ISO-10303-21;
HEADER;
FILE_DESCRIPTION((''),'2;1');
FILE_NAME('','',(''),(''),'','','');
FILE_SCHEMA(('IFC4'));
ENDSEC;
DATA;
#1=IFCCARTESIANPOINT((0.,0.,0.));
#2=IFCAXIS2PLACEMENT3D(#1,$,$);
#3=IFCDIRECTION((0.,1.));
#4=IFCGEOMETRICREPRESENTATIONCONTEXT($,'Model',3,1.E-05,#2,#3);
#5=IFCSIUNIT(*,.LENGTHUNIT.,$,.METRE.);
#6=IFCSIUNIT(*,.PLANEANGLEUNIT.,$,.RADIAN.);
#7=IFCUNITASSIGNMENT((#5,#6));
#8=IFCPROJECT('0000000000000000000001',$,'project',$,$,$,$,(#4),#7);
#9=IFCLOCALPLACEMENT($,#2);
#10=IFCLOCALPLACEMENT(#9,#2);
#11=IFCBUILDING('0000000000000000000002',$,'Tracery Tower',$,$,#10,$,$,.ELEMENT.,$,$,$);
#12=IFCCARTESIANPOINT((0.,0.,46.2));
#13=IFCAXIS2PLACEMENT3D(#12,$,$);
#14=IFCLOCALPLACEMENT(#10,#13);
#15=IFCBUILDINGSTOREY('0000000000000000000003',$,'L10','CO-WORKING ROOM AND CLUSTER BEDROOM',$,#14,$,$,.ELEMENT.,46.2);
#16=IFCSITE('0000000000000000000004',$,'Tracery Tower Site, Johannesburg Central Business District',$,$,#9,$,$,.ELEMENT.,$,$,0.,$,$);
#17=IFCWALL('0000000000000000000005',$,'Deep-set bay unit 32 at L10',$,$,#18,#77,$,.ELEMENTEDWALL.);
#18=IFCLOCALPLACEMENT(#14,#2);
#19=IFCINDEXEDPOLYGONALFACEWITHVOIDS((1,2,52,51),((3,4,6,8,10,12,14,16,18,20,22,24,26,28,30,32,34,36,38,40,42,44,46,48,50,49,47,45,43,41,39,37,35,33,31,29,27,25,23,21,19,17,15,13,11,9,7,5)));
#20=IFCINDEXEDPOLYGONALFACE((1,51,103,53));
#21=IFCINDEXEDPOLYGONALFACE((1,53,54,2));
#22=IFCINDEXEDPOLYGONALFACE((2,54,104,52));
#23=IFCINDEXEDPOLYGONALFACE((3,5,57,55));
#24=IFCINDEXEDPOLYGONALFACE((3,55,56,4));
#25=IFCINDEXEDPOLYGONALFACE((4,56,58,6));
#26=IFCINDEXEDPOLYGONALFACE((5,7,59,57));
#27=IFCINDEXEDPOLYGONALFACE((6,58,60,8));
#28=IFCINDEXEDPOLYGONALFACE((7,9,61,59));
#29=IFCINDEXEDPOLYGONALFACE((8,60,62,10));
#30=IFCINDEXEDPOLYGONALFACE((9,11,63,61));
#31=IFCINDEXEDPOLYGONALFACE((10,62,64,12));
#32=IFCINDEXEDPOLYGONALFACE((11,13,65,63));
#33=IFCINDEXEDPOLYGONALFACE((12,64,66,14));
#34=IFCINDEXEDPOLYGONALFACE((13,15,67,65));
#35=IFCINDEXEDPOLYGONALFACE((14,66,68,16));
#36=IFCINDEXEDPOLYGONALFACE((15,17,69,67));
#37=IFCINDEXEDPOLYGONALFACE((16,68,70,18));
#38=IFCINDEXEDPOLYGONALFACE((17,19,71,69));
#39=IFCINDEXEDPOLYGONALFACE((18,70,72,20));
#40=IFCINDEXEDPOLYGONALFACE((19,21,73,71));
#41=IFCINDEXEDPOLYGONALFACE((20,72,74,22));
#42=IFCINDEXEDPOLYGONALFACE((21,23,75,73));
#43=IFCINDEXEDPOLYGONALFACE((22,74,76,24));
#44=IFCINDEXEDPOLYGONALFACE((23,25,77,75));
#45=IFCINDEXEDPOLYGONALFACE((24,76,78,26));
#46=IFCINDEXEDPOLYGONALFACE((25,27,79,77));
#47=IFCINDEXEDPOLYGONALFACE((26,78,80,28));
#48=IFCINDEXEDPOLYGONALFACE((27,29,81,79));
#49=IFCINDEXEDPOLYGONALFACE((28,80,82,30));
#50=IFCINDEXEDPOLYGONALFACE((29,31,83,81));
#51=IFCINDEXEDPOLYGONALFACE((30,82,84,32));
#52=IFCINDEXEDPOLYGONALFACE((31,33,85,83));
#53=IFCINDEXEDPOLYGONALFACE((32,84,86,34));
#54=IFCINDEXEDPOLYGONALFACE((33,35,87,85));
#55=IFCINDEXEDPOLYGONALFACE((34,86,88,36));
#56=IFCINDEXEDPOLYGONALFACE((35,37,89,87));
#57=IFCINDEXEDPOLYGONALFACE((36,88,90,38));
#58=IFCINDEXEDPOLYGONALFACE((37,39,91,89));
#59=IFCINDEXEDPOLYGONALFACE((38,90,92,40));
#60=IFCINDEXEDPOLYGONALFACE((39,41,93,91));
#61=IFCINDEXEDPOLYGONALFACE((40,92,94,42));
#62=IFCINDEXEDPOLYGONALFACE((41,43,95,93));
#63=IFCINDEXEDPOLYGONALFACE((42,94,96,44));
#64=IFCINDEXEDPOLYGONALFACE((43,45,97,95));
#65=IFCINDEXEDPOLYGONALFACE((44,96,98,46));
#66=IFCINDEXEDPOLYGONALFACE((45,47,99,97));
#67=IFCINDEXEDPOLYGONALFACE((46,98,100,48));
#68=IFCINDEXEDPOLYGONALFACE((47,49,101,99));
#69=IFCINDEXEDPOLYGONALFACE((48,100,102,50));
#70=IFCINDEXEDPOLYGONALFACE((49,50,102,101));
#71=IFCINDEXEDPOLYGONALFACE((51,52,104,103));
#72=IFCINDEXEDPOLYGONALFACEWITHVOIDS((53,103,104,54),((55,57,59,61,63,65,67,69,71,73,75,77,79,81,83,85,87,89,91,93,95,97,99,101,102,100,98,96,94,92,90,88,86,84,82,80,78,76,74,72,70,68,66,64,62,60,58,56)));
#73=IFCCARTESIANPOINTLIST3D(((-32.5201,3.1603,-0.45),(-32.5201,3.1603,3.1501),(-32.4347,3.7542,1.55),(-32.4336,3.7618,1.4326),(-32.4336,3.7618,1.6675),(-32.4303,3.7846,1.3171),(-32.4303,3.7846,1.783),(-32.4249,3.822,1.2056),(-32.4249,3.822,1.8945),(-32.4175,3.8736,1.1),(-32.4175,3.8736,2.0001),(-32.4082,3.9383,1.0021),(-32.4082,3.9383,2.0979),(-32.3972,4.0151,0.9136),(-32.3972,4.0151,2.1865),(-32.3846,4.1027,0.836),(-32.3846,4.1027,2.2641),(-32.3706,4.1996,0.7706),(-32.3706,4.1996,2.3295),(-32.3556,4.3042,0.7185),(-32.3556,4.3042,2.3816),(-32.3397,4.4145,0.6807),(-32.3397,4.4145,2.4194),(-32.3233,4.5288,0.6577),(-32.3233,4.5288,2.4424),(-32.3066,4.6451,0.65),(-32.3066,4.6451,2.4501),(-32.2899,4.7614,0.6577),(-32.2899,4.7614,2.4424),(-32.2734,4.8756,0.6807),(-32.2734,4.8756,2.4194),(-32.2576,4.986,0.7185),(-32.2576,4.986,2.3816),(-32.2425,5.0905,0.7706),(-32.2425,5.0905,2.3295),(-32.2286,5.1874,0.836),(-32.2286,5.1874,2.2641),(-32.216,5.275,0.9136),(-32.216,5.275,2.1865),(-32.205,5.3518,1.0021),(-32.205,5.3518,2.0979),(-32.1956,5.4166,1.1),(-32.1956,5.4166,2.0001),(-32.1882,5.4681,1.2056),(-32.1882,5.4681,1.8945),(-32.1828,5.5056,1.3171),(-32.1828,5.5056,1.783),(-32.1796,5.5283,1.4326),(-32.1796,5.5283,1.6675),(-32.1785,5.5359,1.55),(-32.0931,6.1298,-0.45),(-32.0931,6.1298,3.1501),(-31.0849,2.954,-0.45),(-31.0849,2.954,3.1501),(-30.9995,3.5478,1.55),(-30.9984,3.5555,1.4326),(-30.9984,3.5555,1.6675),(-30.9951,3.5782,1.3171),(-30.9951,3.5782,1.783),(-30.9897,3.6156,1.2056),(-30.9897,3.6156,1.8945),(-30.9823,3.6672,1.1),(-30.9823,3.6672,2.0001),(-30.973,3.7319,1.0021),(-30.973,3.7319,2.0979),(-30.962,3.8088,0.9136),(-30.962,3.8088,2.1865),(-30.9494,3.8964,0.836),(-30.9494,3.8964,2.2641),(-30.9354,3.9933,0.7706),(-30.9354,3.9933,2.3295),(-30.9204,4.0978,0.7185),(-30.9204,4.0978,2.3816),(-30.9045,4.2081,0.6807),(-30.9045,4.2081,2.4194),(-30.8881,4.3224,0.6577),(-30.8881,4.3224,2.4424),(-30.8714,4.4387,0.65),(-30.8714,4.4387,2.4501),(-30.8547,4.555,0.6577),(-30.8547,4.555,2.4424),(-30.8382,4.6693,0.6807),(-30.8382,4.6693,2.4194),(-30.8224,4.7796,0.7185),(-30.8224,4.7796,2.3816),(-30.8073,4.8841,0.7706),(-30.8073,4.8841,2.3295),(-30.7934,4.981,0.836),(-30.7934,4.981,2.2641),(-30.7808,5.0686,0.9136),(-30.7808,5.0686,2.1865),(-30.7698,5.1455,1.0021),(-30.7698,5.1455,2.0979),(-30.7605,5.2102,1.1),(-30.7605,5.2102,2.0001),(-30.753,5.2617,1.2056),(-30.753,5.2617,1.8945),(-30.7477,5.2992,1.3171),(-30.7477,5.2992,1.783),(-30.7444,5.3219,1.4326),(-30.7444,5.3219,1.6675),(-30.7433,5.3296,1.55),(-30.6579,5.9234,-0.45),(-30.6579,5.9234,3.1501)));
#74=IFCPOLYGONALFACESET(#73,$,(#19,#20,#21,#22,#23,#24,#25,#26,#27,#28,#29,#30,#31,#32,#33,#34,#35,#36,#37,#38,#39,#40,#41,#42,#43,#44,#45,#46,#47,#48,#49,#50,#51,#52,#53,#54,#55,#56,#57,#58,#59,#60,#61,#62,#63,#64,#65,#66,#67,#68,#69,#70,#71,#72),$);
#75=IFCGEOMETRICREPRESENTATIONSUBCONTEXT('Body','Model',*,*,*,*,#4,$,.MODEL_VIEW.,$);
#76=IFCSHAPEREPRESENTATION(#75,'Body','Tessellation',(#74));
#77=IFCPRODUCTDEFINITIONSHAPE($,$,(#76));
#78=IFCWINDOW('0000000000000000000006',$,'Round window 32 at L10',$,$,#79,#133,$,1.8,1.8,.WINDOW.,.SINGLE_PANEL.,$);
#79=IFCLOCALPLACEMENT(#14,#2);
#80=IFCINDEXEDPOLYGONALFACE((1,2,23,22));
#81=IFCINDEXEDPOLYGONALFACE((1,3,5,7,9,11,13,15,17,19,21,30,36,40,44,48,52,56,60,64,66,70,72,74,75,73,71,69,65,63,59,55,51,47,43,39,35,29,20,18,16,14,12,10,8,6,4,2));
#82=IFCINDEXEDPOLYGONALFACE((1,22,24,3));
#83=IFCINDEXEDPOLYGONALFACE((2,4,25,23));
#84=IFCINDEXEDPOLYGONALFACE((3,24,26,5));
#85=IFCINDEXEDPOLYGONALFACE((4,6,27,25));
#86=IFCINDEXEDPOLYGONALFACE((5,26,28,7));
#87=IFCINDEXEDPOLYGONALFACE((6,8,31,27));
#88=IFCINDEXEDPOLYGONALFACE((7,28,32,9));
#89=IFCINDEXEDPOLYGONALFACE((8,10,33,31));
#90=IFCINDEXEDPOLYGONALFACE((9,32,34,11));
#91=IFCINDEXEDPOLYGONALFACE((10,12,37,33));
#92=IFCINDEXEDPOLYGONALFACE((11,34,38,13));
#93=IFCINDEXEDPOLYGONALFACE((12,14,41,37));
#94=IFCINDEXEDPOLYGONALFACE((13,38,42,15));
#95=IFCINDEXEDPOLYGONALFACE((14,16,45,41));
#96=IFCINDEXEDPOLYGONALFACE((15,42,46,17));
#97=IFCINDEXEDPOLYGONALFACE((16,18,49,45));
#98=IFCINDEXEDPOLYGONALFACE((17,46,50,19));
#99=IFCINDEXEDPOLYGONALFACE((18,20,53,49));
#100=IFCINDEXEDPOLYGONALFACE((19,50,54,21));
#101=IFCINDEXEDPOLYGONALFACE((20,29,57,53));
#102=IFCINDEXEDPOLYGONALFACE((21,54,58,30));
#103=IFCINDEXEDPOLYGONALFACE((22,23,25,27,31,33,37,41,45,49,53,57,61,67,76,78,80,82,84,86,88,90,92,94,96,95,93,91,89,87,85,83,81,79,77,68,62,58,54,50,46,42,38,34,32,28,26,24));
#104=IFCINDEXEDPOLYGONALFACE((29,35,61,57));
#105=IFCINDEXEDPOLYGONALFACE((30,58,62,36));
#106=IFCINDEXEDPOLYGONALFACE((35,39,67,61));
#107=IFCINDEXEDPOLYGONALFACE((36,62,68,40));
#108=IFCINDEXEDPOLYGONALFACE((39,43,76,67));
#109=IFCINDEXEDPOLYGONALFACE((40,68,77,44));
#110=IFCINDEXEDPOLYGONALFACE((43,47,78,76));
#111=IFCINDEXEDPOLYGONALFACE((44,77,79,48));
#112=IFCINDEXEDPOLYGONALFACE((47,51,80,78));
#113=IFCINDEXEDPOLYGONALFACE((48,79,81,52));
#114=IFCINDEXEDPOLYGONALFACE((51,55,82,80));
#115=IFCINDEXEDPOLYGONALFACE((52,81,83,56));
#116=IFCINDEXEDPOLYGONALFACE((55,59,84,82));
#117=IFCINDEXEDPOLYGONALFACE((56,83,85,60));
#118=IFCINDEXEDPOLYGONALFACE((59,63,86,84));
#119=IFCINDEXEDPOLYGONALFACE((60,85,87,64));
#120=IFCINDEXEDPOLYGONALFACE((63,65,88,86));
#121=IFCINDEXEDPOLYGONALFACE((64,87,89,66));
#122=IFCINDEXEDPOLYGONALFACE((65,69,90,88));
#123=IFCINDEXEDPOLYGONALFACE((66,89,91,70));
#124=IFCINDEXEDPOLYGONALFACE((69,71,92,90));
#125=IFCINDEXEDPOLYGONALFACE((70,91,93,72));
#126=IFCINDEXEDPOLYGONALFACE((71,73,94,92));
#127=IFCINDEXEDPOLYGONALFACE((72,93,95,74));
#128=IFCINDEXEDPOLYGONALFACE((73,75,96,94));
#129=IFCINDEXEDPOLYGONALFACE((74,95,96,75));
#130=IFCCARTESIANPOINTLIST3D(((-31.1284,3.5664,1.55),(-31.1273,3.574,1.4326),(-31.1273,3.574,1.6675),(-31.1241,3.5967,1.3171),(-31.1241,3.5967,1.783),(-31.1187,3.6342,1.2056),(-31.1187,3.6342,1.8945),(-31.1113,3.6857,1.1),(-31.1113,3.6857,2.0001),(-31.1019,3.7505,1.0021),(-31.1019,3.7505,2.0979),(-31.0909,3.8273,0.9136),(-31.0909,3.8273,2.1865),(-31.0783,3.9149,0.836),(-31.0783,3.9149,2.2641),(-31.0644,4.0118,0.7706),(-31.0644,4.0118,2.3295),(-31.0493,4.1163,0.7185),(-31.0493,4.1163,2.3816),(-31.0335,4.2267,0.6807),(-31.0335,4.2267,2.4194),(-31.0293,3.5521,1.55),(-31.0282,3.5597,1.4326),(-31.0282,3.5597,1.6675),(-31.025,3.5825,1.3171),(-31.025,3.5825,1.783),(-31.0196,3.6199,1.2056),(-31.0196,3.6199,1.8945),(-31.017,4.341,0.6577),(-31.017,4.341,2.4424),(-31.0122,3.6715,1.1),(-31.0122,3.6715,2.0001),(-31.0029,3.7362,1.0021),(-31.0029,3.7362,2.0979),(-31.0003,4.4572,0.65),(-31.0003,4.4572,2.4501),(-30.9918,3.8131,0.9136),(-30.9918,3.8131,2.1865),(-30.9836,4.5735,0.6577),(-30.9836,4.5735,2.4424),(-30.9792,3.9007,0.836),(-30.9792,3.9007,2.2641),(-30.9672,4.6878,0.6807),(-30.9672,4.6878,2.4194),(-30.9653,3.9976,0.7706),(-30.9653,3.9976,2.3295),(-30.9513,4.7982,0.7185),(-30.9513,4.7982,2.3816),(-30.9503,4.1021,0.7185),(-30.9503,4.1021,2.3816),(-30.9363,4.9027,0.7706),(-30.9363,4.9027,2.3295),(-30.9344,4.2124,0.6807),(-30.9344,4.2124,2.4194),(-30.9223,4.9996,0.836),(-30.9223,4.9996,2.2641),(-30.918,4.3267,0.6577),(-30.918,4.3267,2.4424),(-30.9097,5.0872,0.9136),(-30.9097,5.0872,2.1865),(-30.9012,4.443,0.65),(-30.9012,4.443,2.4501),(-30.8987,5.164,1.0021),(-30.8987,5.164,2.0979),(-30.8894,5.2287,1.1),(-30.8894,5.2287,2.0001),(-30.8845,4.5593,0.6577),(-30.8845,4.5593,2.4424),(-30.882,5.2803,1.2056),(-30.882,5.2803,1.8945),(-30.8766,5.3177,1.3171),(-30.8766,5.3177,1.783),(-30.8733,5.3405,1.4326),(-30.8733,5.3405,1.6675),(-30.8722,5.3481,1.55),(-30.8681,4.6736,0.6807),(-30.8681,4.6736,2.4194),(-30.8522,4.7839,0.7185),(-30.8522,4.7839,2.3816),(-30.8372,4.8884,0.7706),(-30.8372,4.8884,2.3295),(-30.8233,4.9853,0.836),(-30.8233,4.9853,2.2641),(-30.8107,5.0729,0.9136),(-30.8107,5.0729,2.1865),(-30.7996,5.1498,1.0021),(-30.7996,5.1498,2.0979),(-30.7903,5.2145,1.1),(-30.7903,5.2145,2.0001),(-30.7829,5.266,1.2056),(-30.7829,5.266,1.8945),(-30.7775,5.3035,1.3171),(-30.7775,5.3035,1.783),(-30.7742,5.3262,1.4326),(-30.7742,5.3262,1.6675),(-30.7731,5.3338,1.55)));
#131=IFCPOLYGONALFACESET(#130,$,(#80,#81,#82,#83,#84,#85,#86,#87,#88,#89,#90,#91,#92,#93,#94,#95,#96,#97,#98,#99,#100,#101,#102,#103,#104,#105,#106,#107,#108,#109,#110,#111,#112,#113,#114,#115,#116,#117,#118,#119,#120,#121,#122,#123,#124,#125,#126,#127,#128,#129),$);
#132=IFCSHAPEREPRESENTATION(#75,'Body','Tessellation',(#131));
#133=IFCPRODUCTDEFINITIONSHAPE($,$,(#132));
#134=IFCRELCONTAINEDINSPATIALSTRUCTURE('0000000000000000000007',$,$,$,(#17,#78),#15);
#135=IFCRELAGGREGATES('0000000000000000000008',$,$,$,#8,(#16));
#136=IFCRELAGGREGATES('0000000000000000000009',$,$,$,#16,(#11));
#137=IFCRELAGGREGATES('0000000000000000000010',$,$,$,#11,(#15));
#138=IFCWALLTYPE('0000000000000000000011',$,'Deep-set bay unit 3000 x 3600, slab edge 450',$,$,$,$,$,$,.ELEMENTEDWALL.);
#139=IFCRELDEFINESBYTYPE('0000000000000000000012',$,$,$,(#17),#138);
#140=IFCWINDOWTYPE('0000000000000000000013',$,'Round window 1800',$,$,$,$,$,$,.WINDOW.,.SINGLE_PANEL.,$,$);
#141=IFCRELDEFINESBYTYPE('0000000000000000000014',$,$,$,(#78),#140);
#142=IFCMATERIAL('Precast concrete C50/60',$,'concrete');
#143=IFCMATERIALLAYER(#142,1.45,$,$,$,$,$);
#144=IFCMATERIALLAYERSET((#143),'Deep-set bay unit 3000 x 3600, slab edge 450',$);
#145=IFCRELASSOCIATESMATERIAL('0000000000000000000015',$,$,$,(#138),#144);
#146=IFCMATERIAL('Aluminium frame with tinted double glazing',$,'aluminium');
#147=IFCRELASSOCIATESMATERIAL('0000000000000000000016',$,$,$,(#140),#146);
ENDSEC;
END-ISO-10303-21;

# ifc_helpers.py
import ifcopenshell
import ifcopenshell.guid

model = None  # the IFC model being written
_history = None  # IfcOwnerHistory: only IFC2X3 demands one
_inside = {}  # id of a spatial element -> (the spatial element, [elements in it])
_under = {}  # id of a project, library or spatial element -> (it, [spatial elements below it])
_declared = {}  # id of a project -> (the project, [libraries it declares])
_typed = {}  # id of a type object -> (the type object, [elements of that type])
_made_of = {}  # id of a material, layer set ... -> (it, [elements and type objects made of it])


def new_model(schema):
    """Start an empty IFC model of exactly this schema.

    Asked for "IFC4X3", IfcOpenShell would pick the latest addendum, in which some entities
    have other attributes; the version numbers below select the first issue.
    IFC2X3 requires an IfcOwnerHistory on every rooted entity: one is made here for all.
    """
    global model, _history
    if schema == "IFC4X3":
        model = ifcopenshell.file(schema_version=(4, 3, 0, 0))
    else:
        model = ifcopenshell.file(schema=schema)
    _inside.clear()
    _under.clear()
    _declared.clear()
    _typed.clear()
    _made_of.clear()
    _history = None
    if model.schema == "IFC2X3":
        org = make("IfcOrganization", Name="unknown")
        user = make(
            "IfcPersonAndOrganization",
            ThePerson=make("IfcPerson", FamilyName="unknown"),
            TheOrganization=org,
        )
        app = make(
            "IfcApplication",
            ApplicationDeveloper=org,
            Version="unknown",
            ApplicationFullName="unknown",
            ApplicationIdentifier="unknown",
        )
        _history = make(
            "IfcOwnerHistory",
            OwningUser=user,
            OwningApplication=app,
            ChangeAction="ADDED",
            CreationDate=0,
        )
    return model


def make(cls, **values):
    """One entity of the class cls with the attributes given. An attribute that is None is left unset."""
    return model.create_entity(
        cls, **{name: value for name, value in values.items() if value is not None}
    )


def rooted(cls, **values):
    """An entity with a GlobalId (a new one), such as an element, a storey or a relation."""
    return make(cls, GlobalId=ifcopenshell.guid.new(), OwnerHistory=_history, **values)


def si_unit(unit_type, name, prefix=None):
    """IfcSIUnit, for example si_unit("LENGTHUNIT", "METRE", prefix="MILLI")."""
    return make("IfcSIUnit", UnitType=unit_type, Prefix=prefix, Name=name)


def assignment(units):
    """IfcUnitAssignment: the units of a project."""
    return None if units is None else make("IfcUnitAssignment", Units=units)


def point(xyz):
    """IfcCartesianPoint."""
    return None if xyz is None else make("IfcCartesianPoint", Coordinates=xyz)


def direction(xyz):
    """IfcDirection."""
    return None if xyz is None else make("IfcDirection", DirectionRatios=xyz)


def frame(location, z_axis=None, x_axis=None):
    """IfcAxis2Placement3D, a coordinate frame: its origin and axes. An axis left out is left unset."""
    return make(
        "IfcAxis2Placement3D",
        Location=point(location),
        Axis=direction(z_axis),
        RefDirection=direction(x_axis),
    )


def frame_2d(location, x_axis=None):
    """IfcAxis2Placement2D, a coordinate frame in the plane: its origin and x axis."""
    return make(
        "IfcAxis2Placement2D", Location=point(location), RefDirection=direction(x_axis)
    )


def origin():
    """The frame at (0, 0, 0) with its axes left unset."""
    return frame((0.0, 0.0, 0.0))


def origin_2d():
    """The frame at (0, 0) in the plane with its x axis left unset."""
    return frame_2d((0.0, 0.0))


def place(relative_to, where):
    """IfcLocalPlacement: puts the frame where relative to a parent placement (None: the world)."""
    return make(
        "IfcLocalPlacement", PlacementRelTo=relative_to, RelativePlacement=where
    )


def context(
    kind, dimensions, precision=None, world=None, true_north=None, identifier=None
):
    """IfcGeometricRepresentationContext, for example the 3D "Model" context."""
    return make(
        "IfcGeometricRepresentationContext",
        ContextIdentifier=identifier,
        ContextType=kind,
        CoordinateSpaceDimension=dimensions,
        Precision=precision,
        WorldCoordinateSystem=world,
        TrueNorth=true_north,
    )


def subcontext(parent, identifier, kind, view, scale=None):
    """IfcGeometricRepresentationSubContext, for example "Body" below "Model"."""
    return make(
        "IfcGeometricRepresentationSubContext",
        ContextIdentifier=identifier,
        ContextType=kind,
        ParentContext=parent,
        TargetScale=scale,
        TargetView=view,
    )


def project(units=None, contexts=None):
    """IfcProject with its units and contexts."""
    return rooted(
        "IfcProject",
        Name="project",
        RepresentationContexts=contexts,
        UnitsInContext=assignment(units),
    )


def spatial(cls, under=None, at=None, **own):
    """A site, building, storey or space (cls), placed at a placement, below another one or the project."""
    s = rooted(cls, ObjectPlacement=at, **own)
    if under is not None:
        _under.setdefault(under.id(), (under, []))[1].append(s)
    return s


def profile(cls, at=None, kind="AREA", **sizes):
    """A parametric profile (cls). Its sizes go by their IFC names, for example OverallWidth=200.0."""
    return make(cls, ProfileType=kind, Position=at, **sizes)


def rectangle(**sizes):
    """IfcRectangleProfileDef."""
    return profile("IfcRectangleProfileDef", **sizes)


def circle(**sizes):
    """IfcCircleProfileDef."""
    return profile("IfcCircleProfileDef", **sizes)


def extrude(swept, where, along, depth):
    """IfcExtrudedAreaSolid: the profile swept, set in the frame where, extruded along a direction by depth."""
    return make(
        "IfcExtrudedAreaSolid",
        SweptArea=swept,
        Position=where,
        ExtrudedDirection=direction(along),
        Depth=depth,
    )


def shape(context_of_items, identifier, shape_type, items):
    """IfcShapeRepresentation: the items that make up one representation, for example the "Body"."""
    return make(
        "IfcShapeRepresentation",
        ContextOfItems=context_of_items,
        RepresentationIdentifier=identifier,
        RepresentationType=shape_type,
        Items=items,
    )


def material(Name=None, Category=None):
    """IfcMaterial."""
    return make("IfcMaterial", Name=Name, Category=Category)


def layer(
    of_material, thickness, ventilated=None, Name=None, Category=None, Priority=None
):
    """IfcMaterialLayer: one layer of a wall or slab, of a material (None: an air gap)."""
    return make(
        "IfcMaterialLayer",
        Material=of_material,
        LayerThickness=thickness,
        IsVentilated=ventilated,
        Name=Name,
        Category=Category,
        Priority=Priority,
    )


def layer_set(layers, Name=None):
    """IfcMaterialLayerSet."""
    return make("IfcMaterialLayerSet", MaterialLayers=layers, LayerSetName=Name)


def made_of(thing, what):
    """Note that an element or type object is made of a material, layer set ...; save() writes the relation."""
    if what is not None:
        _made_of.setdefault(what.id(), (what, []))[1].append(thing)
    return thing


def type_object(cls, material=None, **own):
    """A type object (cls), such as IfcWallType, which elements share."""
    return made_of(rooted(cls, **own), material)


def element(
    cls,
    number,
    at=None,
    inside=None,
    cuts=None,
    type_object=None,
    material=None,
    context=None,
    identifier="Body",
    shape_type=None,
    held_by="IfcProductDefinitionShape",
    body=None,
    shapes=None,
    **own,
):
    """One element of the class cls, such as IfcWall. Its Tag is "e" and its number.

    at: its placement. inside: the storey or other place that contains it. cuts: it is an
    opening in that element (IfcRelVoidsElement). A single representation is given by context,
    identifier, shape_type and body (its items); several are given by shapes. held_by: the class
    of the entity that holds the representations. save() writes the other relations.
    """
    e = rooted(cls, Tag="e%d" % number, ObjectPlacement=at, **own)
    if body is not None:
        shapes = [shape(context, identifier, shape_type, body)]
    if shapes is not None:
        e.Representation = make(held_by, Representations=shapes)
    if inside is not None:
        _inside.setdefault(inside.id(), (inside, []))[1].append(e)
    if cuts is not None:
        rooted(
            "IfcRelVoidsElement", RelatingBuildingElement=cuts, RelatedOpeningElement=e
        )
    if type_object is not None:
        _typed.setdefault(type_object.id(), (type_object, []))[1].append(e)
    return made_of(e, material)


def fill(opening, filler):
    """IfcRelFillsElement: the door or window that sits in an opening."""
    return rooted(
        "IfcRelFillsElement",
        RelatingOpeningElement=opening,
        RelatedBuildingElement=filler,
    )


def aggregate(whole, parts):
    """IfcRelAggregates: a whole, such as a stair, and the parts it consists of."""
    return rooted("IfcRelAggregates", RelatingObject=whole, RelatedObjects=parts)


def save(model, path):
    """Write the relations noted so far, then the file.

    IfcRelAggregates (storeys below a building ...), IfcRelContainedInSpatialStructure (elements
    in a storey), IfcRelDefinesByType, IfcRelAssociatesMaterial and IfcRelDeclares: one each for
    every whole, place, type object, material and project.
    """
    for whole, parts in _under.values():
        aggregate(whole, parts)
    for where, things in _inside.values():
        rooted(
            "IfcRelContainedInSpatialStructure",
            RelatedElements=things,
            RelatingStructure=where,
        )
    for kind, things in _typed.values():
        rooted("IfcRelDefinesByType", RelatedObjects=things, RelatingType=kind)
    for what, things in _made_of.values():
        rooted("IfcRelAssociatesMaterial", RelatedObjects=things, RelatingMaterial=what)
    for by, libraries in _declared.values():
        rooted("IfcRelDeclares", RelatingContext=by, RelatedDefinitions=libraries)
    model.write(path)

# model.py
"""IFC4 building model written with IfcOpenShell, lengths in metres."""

from ifc_helpers import new_model, si_unit, direction, frame, frame_2d, origin, origin_2d, place, context, subcontext, project, spatial, rectangle, circle, extrude, material, layer, layer_set, type_object, element, fill, save


model = new_model("IFC4")

# Units and contexts
model_context = context("Model", 3, precision=1e-05, world=origin(), true_north=direction((0.0, 1.0)))
body_context = subcontext(model_context, "Body", "Model", "MODEL_VIEW")
ifc_project = project(units=[si_unit("LENGTHUNIT", "METRE"), si_unit("PLANEANGLEUNIT", "RADIAN")], contexts=[model_context])

# Site, building, storey
site_placement = place(None, origin())
site = spatial("IfcSite", under=ifc_project, at=site_placement, Name="Tracery Tower Site, Johannesburg Central Business District", CompositionType="ELEMENT", RefElevation=0.0)
building_placement = place(site_placement, origin())
building = spatial("IfcBuilding", under=site, at=building_placement, Name="Tracery Tower", CompositionType="ELEMENT")
storey_placement = place(building_placement, frame((0.0, 0.0, 46.2)))
storey = spatial("IfcBuildingStorey", under=building, at=storey_placement, Name="L10", Description="CO-WORKING ROOM AND CLUSTER BEDROOM", CompositionType="ELEMENT", Elevation=46.2)

# Wall, opening, window
ifc_material_1 = material(Name="Precast concrete C50/60", Category="concrete")
ifc_layer_1 = layer(ifc_material_1, 1.45)
ifc_layer_set_1 = layer_set([ifc_layer_1], Name="Deep-set bay unit 3000 x 3600, slab edge 450")
wall_type_1 = type_object("IfcWallType", Name="Deep-set bay unit 3000 x 3600, slab edge 450", PredefinedType="ELEMENTEDWALL", material=ifc_layer_set_1)
ifc_material_2 = material(Name="Aluminium frame with tinted double glazing", Category="aluminium")
window_type = type_object("IfcWindowType", Name="Round window 1800", PartitioningType="SINGLE_PANEL", PredefinedType="WINDOW", material=ifc_material_2)
wall_1_placement = place(storey_placement, frame((-31.3755, 6.0266, -0.45), z_axis=(0.0, 0.0, 1.0), x_axis=(-0.142333, -0.989819, 0.0)))
wall_1 = element("IfcWall", 1, at=wall_1_placement, inside=storey, type_object=wall_type_1, Name="Deep-set bay unit 32 at L10", PredefinedType="ELEMENTEDWALL", context=body_context, shape_type="SweptSolid", body=[
    extrude(rectangle(XDim=3.0, YDim=1.45, at=frame_2d((1.5, 0.0))), origin(), (0.0, 0.0, 1.0), 3.6001),
])
opening_1_placement = place(wall_1_placement, frame((1.5, 0.0, 2.0)))
opening_1 = element("IfcOpeningElement", 2, at=opening_1_placement, cuts=wall_1, PredefinedType="OPENING", context=body_context, shape_type="SweptSolid", body=[
    extrude(circle(Radius=0.9, at=origin_2d()), frame((0.0, 0.7349, 0.0), z_axis=(0.0, -1.0, 0.0), x_axis=(1.0, 0.0, 0.0)), (0.0, 0.0, 1.0), 1.47),
])
window_1_placement = place(opening_1_placement, origin())
window_1 = element("IfcWindow", 3, at=window_1_placement, inside=storey, type_object=window_type, Name="Round window 32 at L10", OverallHeight=1.8, OverallWidth=1.8, PartitioningType="SINGLE_PANEL", PredefinedType="WINDOW", context=body_context, shape_type="SweptSolid", body=[
    extrude(circle(Radius=0.9, at=origin_2d()), frame((0.0, 0.6948, 0.0), z_axis=(0.0, -1.0, 0.0), x_axis=(1.0, 0.0, 0.0)), (0.0, 0.0, 1.0), 0.1001),
])
fill(opening_1, window_1)

save(model, "model.ifc")
